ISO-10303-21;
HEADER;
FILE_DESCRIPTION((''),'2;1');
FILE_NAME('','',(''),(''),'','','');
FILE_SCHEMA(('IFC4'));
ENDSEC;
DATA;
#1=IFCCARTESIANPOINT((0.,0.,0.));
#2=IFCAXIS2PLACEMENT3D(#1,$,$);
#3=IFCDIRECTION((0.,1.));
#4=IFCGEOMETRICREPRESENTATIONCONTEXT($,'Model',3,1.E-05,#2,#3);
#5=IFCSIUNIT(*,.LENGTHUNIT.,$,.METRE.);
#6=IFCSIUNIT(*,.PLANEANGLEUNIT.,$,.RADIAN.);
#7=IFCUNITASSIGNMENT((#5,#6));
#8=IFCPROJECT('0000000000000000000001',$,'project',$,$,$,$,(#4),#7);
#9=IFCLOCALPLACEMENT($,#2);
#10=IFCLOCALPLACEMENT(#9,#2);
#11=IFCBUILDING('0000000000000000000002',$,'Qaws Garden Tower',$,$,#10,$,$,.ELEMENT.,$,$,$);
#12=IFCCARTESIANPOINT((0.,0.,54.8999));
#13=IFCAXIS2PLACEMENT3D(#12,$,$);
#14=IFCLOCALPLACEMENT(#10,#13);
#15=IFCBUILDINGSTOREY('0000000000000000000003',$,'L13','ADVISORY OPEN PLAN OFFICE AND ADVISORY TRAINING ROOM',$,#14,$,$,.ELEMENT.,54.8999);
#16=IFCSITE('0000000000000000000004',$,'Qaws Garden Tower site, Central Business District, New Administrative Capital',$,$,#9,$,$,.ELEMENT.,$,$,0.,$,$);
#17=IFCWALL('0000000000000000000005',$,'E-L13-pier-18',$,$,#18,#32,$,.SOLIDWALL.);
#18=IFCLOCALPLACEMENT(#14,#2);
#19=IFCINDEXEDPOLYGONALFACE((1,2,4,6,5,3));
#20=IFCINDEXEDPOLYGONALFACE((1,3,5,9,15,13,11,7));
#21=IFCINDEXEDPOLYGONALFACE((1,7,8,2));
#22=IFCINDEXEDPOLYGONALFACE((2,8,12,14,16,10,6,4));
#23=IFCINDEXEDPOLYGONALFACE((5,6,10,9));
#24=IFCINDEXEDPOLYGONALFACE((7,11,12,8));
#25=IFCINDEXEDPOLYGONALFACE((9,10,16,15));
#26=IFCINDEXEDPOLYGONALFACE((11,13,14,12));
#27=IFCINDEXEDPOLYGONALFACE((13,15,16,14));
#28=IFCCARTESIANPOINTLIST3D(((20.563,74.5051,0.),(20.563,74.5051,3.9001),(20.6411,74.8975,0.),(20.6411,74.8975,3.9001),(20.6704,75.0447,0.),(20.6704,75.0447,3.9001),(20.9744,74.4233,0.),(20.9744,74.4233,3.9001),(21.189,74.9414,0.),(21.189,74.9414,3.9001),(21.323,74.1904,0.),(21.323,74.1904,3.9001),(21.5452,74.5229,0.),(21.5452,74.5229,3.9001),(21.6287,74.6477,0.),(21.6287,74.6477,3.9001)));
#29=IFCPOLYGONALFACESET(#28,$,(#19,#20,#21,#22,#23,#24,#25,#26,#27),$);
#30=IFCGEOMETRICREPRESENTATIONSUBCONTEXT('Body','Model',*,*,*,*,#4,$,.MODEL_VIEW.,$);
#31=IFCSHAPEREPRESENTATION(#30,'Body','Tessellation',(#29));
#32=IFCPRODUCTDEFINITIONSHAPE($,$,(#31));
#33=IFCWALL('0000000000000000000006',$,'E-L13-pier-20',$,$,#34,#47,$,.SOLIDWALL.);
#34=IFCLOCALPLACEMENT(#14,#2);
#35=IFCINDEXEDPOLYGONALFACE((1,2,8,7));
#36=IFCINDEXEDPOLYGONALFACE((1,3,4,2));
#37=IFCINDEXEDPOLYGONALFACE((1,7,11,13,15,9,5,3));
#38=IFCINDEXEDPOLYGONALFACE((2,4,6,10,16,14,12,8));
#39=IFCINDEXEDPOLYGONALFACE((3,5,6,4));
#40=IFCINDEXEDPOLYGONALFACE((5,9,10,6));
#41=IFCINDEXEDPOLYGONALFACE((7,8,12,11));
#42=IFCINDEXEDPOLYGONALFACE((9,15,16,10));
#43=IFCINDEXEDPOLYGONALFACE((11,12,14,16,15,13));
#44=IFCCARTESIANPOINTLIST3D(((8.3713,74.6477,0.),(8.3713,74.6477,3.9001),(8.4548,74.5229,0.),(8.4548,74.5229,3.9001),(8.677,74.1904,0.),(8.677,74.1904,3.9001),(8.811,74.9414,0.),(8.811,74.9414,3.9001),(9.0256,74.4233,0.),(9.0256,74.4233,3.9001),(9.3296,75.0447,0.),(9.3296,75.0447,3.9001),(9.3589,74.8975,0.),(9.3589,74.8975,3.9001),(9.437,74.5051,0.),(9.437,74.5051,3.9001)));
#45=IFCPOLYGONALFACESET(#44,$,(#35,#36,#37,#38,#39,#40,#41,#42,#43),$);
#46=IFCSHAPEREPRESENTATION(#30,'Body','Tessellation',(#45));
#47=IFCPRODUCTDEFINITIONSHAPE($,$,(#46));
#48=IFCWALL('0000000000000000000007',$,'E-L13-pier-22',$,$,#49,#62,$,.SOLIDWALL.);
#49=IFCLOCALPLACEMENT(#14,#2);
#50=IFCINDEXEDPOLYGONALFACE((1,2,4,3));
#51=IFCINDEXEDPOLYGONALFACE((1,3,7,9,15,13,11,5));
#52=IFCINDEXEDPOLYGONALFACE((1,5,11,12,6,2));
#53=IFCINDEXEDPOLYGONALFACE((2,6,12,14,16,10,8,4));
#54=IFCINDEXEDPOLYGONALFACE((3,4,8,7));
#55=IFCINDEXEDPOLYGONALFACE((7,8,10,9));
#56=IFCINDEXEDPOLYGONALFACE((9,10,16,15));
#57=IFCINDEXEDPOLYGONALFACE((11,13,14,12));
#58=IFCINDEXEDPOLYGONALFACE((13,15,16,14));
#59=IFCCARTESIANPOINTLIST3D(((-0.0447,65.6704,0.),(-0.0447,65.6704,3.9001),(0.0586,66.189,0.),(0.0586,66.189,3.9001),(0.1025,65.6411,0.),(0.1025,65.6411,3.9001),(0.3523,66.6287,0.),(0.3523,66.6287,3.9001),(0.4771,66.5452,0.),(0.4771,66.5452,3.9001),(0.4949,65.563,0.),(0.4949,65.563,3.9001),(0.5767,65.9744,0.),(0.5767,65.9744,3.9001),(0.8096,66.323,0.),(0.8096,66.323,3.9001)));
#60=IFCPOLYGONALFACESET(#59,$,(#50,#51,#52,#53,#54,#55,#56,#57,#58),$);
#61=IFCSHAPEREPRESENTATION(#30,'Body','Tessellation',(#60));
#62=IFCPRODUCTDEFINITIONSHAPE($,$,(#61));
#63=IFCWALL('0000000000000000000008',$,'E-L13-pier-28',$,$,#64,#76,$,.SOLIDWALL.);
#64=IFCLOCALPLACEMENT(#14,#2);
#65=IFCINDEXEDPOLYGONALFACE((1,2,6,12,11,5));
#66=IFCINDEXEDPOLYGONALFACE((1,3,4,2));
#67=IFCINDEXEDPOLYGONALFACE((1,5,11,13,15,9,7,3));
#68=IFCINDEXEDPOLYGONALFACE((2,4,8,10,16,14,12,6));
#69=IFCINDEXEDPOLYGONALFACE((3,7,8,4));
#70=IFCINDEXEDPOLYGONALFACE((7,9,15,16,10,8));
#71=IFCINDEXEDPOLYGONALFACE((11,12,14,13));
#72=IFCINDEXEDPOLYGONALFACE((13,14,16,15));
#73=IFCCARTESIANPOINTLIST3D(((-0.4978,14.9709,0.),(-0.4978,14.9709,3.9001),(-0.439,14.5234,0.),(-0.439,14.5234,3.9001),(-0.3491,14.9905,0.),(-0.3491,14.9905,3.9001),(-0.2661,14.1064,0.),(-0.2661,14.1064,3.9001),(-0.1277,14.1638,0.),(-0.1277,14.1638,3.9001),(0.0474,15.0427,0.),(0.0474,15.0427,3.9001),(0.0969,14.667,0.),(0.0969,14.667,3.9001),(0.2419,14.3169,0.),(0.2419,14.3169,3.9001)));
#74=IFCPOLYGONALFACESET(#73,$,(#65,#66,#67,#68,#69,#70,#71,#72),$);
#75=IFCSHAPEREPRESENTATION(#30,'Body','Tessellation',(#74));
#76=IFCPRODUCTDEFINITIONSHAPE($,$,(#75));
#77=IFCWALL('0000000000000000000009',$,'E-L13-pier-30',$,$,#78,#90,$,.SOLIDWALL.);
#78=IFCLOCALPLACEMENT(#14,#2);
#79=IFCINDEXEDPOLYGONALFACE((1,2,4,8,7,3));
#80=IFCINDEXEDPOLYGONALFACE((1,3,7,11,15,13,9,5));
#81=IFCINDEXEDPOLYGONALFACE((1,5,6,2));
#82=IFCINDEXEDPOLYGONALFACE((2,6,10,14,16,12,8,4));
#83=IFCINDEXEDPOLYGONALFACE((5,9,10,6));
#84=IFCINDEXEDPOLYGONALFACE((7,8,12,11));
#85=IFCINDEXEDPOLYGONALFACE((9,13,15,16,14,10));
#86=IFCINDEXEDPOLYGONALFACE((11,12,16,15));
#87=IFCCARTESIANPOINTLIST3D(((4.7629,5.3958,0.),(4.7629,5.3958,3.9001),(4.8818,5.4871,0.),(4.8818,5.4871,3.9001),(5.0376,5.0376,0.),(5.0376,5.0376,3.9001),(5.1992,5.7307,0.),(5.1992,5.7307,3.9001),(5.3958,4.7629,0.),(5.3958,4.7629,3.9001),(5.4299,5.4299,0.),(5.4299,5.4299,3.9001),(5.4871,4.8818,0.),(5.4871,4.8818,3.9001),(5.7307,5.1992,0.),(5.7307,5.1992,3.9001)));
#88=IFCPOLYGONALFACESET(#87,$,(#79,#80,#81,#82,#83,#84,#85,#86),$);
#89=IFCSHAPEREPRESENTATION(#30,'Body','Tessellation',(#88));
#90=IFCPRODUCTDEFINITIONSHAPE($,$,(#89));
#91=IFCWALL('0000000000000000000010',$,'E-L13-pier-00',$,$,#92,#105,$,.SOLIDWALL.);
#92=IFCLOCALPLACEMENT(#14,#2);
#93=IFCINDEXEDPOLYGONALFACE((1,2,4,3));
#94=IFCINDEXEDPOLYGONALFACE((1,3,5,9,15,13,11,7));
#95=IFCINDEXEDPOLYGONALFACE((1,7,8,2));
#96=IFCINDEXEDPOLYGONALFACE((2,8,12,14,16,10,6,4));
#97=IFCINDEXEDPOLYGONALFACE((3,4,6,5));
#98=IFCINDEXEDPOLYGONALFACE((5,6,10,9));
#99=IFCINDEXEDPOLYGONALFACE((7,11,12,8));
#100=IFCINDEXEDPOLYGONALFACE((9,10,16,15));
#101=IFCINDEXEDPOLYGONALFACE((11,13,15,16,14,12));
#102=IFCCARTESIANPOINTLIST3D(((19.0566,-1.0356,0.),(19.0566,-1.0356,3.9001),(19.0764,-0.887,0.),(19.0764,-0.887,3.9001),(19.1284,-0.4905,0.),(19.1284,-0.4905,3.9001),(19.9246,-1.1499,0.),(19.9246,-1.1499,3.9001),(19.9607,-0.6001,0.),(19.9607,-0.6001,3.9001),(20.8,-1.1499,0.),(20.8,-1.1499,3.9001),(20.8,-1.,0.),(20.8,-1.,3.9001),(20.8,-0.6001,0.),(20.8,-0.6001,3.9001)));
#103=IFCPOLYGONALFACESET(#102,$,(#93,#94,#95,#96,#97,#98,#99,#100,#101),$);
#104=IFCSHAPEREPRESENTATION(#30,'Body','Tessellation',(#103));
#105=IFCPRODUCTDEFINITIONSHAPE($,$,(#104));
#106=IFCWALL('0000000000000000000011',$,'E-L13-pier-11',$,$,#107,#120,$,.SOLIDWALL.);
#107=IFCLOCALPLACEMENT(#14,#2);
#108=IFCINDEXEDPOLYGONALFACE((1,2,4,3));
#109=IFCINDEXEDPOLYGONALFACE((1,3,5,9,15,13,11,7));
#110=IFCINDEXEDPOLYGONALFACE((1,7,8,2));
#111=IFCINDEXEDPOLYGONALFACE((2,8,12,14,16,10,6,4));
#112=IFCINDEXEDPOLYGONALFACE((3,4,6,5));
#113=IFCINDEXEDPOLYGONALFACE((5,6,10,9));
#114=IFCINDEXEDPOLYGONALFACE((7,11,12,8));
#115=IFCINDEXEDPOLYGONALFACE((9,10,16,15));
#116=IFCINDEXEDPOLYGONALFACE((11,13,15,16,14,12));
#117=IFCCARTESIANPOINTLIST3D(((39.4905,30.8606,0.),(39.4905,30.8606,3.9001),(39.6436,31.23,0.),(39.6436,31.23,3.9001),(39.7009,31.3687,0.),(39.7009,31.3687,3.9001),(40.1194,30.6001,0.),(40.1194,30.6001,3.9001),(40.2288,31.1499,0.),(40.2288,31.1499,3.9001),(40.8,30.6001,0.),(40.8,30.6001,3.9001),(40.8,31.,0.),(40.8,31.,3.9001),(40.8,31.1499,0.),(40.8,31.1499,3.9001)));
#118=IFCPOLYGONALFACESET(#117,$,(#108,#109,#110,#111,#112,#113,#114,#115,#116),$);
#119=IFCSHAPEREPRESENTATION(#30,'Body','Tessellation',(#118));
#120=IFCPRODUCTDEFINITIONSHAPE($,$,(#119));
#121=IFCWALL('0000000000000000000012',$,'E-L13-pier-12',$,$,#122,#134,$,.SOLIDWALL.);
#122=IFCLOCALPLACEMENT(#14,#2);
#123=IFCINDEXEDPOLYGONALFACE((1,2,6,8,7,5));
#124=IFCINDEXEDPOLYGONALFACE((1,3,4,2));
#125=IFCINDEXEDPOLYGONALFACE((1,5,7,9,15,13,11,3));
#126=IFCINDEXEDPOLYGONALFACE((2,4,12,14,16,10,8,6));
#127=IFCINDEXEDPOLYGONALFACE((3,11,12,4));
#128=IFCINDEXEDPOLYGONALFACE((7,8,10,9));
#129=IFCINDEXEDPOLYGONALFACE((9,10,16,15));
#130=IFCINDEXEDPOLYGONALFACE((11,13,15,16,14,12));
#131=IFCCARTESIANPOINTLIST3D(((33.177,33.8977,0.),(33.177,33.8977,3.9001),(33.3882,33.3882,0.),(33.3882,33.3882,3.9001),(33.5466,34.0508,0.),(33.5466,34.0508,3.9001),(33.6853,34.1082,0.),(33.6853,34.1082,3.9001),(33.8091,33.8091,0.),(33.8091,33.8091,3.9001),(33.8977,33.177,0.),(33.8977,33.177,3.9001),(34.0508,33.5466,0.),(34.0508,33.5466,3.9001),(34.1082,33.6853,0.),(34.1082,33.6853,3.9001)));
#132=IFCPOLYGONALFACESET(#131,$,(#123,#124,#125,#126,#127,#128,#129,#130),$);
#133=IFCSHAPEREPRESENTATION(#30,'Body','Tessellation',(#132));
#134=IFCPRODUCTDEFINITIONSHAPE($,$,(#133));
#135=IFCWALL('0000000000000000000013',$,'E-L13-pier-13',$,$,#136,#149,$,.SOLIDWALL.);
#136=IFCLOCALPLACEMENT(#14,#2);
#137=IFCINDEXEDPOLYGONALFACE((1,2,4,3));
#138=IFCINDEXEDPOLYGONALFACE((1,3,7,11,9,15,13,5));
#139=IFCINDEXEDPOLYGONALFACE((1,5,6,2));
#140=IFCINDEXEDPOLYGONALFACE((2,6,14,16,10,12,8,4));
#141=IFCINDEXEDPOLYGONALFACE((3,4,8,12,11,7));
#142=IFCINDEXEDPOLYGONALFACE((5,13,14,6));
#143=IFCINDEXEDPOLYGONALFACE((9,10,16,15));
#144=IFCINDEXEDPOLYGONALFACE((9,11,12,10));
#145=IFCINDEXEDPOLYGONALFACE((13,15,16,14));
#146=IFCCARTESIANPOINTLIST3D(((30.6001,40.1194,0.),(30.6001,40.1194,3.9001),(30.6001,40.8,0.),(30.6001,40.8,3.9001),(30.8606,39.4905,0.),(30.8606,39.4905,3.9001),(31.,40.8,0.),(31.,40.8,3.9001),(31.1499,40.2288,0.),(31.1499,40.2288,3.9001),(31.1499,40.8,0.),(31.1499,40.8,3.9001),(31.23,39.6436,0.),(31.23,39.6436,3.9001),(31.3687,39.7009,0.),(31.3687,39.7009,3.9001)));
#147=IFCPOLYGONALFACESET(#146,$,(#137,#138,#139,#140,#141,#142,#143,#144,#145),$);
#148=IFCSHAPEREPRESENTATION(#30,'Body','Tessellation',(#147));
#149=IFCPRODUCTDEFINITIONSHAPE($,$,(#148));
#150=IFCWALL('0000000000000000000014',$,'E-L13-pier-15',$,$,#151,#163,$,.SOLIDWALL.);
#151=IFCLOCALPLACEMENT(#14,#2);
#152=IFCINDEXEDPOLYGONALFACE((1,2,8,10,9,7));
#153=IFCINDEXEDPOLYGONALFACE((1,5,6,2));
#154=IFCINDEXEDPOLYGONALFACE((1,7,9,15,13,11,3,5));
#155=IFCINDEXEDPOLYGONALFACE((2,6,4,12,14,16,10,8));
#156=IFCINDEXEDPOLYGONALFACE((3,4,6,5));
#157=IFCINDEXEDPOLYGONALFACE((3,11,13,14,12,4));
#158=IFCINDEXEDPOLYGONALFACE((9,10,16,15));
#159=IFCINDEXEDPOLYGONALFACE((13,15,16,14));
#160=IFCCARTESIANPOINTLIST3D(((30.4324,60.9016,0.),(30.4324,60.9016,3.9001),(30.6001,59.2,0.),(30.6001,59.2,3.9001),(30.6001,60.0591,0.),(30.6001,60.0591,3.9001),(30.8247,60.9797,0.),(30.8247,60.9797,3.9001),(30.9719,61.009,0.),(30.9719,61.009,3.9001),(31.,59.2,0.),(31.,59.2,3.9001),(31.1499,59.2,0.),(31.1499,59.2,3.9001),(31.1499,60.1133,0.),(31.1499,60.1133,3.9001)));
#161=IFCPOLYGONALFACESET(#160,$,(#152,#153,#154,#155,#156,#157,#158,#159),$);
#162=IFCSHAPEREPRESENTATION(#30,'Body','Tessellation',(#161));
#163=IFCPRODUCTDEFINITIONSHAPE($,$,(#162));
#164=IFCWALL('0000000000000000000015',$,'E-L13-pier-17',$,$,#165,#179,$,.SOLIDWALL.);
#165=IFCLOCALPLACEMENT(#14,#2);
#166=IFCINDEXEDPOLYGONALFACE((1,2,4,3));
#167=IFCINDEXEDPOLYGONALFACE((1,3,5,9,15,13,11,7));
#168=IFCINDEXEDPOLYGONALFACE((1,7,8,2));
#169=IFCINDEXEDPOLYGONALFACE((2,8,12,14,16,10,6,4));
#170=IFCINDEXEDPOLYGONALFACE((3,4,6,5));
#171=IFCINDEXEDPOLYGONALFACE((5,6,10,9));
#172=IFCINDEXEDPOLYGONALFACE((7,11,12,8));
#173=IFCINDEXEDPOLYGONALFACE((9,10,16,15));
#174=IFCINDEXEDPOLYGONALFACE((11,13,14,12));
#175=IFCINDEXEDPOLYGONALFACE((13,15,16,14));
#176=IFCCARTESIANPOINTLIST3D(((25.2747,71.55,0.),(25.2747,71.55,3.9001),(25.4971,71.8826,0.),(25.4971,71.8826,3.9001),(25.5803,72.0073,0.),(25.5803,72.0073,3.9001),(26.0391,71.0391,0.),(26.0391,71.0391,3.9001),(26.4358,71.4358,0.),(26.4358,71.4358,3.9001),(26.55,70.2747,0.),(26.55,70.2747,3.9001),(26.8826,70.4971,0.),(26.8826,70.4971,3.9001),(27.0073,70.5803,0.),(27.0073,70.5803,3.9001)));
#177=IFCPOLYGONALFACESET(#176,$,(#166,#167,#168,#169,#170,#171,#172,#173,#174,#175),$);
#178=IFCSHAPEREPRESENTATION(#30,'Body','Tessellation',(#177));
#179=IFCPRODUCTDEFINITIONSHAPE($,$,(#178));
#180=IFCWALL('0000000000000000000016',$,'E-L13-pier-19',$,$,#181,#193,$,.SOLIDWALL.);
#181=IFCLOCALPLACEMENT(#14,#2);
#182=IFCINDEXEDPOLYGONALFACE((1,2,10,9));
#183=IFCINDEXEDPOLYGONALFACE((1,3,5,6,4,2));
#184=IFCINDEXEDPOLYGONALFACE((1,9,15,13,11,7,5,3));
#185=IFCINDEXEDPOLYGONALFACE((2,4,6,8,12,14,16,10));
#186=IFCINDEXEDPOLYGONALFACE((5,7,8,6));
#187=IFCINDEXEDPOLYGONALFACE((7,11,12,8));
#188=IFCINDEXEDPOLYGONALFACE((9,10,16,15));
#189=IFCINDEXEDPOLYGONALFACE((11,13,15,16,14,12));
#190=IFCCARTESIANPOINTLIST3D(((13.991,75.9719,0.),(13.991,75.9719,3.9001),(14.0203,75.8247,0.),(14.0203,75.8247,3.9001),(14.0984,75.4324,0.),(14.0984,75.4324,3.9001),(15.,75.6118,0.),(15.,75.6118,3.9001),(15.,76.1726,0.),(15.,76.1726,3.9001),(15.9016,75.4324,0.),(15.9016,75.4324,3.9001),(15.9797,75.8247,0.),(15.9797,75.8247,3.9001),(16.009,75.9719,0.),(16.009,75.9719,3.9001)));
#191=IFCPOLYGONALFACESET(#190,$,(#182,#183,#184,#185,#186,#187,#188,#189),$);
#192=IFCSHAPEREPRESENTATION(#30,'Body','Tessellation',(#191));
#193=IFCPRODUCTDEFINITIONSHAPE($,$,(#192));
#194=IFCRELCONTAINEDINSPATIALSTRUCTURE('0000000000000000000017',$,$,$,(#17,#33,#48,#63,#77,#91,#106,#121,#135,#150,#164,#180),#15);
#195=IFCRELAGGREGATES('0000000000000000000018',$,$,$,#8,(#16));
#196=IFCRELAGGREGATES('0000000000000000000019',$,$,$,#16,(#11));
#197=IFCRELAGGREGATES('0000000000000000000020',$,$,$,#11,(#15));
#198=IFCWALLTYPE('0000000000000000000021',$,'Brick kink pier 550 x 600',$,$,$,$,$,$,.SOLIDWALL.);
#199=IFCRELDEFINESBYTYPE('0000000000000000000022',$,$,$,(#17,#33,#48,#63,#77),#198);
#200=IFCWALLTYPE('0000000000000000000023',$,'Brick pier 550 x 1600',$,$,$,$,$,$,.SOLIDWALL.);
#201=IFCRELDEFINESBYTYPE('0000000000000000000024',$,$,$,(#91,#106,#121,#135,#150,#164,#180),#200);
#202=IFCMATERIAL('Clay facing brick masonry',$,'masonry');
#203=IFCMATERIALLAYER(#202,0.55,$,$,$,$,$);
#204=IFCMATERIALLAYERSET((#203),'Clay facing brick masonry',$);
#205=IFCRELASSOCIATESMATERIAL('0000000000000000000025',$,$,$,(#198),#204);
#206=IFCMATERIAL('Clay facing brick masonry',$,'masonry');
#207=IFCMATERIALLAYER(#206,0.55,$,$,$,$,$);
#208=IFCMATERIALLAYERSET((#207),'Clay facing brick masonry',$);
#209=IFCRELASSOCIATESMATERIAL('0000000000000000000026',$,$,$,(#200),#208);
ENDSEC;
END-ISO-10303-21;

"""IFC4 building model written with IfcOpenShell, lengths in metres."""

from ifc_helpers import new_model, si_unit, direction, frame, origin, place, context, subcontext, project, spatial, polyline, outline, extrude, material, layer, layer_set, type_object, element, save


model = new_model("IFC4")

# Units and contexts
model_context = context("Model", 3, precision=1e-05, world=origin(), true_north=direction((0.0, 1.0)))
body_context = subcontext(model_context, "Body", "Model", "MODEL_VIEW")
ifc_project = project(units=[si_unit("LENGTHUNIT", "METRE"), si_unit("PLANEANGLEUNIT", "RADIAN")], contexts=[model_context])

# Site, building, storey
site_placement = place(None, origin())
site = spatial("IfcSite", under=ifc_project, at=site_placement, Name="Qaws Garden Tower site, Central Business District, New Administrative Capital", CompositionType="ELEMENT", RefElevation=0.0)
building_placement = place(site_placement, origin())
building = spatial("IfcBuilding", under=site, at=building_placement, Name="Qaws Garden Tower", CompositionType="ELEMENT")
storey_placement = place(building_placement, frame((0.0, 0.0, 54.8999)))
storey = spatial("IfcBuildingStorey", under=building, at=storey_placement, Name="L13", Description="ADVISORY OPEN PLAN OFFICE AND ADVISORY TRAINING ROOM", CompositionType="ELEMENT", Elevation=54.8999)

# Walls
placement = place(storey_placement, origin())
ifc_material_1 = material(Name="Clay facing brick masonry", Category="masonry")
ifc_layer_1 = layer(ifc_material_1, 0.55)
ifc_layer_set_1 = layer_set([ifc_layer_1], Name="Clay facing brick masonry")
wall_type_1 = type_object("IfcWallType", Name="Brick kink pier 550 x 600", PredefinedType="SOLIDWALL", material=ifc_layer_set_1)
element("IfcWall", 1, at=placement, inside=storey, type_object=wall_type_1, Name="E-L13-pier-18", PredefinedType="SOLIDWALL", context=body_context, shape_type="SweptSolid", body=[
    extrude(outline(polyline([(21.5452, 74.5229), (21.6287, 74.6477), (21.189, 74.9414), (20.6704, 75.0447), (20.6411, 74.8975), (20.563, 74.5051), (20.9744, 74.4233), (21.323, 74.1904), (21.5452, 74.5229)])), origin(), (0.0, 0.0, 1.0), 3.9001),
])
element("IfcWall", 2, at=placement, inside=storey, type_object=wall_type_1, Name="E-L13-pier-20", PredefinedType="SOLIDWALL", context=body_context, shape_type="SweptSolid", body=[
    extrude(outline(polyline([(9.3589, 74.8975), (9.3296, 75.0447), (8.811, 74.9414), (8.3713, 74.6477), (8.4548, 74.5229), (8.677, 74.1904), (9.0256, 74.4233), (9.437, 74.5051), (9.3589, 74.8975)])), origin(), (0.0, 0.0, 1.0), 3.9001),
])
element("IfcWall", 3, at=placement, inside=storey, type_object=wall_type_1, Name="E-L13-pier-22", PredefinedType="SOLIDWALL", context=body_context, shape_type="SweptSolid", body=[
    extrude(outline(polyline([(0.4771, 66.5452), (0.3523, 66.6287), (0.0586, 66.189), (-0.0447, 65.6704), (0.1025, 65.6411), (0.4949, 65.563), (0.5767, 65.9744), (0.8096, 66.323), (0.4771, 66.5452)])), origin(), (0.0, 0.0, 1.0), 3.9001),
])
element("IfcWall", 4, at=placement, inside=storey, type_object=wall_type_1, Name="E-L13-pier-28", PredefinedType="SOLIDWALL", context=body_context, shape_type="SweptSolid", body=[
    extrude(outline(polyline([(-0.3491, 14.9905), (-0.4978, 14.9709), (-0.439, 14.5234), (-0.2661, 14.1064), (-0.1277, 14.1638), (0.2419, 14.3169), (0.0969, 14.667), (0.0474, 15.0427), (-0.3491, 14.9905)])), origin(), (0.0, 0.0, 1.0), 3.9001),
])
element("IfcWall", 5, at=placement, inside=storey, type_object=wall_type_1, Name="E-L13-pier-30", PredefinedType="SOLIDWALL", context=body_context, shape_type="SweptSolid", body=[
    extrude(outline(polyline([(4.8818, 5.4871), (4.7629, 5.3958), (5.0376, 5.0376), (5.3958, 4.7629), (5.4871, 4.8818), (5.7307, 5.1992), (5.4299, 5.4299), (5.1992, 5.7307), (4.8818, 5.4871)])), origin(), (0.0, 0.0, 1.0), 3.9001),
])
ifc_material_2 = material(Name="Clay facing brick masonry", Category="masonry")
ifc_layer_2 = layer(ifc_material_2, 0.55)
ifc_layer_set_2 = layer_set([ifc_layer_2], Name="Clay facing brick masonry")
wall_type_2 = type_object("IfcWallType", Name="Brick pier 550 x 1600", PredefinedType="SOLIDWALL", material=ifc_layer_set_2)
element("IfcWall", 6, at=placement, inside=storey, type_object=wall_type_2, Name="E-L13-pier-00", PredefinedType="SOLIDWALL", context=body_context, shape_type="SweptSolid", body=[
    extrude(outline(polyline([(19.0764, -0.887), (19.0566, -1.0356), (19.9246, -1.1499), (20.8, -1.1499), (20.8, -1.0), (20.8, -0.6001), (19.9607, -0.6001), (19.1284, -0.4905), (19.0764, -0.887)])), origin(), (0.0, 0.0, 1.0), 3.9001),
])
element("IfcWall", 7, at=placement, inside=storey, type_object=wall_type_2, Name="E-L13-pier-11", PredefinedType="SOLIDWALL", context=body_context, shape_type="SweptSolid", body=[
    extrude(outline(polyline([(40.8, 31.0), (40.8, 31.1499), (40.2288, 31.1499), (39.7009, 31.3687), (39.6436, 31.23), (39.4905, 30.8606), (40.1194, 30.6001), (40.8, 30.6001), (40.8, 31.0)])), origin(), (0.0, 0.0, 1.0), 3.9001),
])
element("IfcWall", 8, at=placement, inside=storey, type_object=wall_type_2, Name="E-L13-pier-12", PredefinedType="SOLIDWALL", context=body_context, shape_type="SweptSolid", body=[
    extrude(outline(polyline([(34.0508, 33.5466), (34.1082, 33.6853), (33.8091, 33.8091), (33.6853, 34.1082), (33.5466, 34.0508), (33.177, 33.8977), (33.3882, 33.3882), (33.8977, 33.177), (34.0508, 33.5466)])), origin(), (0.0, 0.0, 1.0), 3.9001),
])
element("IfcWall", 9, at=placement, inside=storey, type_object=wall_type_2, Name="E-L13-pier-13", PredefinedType="SOLIDWALL", context=body_context, shape_type="SweptSolid", body=[
    extrude(outline(polyline([(31.23, 39.6436), (31.3687, 39.7009), (31.1499, 40.2288), (31.1499, 40.8), (31.0, 40.8), (30.6001, 40.8), (30.6001, 40.1194), (30.8606, 39.4905), (31.23, 39.6436)])), origin(), (0.0, 0.0, 1.0), 3.9001),
])
element("IfcWall", 10, at=placement, inside=storey, type_object=wall_type_2, Name="E-L13-pier-15", PredefinedType="SOLIDWALL", context=body_context, shape_type="SweptSolid", body=[
    extrude(outline(polyline([(31.0, 59.2), (31.1499, 59.2), (31.1499, 60.1133), (30.9719, 61.009), (30.8247, 60.9797), (30.4324, 60.9016), (30.6001, 60.0591), (30.6001, 59.2), (31.0, 59.2)])), origin(), (0.0, 0.0, 1.0), 3.9001),
])
element("IfcWall", 11, at=placement, inside=storey, type_object=wall_type_2, Name="E-L13-pier-17", PredefinedType="SOLIDWALL", context=body_context, shape_type="SweptSolid", body=[
    extrude(outline(polyline([(26.8826, 70.4971), (27.0073, 70.5803), (26.4358, 71.4358), (25.5803, 72.0073), (25.4971, 71.8826), (25.2747, 71.55), (26.0391, 71.0391), (26.55, 70.2747), (26.8826, 70.4971)])), origin(), (0.0, 0.0, 1.0), 3.9001),
])
element("IfcWall", 12, at=placement, inside=storey, type_object=wall_type_2, Name="E-L13-pier-19", PredefinedType="SOLIDWALL", context=body_context, shape_type="SweptSolid", body=[
    extrude(outline(polyline([(15.9797, 75.8247), (16.009, 75.9719), (15.0, 76.1726), (13.991, 75.9719), (14.0203, 75.8247), (14.0984, 75.4324), (15.0, 75.6118), (15.9016, 75.4324), (15.9797, 75.8247)])), origin(), (0.0, 0.0, 1.0), 3.9001),
])

save(model, "model.ifc")
